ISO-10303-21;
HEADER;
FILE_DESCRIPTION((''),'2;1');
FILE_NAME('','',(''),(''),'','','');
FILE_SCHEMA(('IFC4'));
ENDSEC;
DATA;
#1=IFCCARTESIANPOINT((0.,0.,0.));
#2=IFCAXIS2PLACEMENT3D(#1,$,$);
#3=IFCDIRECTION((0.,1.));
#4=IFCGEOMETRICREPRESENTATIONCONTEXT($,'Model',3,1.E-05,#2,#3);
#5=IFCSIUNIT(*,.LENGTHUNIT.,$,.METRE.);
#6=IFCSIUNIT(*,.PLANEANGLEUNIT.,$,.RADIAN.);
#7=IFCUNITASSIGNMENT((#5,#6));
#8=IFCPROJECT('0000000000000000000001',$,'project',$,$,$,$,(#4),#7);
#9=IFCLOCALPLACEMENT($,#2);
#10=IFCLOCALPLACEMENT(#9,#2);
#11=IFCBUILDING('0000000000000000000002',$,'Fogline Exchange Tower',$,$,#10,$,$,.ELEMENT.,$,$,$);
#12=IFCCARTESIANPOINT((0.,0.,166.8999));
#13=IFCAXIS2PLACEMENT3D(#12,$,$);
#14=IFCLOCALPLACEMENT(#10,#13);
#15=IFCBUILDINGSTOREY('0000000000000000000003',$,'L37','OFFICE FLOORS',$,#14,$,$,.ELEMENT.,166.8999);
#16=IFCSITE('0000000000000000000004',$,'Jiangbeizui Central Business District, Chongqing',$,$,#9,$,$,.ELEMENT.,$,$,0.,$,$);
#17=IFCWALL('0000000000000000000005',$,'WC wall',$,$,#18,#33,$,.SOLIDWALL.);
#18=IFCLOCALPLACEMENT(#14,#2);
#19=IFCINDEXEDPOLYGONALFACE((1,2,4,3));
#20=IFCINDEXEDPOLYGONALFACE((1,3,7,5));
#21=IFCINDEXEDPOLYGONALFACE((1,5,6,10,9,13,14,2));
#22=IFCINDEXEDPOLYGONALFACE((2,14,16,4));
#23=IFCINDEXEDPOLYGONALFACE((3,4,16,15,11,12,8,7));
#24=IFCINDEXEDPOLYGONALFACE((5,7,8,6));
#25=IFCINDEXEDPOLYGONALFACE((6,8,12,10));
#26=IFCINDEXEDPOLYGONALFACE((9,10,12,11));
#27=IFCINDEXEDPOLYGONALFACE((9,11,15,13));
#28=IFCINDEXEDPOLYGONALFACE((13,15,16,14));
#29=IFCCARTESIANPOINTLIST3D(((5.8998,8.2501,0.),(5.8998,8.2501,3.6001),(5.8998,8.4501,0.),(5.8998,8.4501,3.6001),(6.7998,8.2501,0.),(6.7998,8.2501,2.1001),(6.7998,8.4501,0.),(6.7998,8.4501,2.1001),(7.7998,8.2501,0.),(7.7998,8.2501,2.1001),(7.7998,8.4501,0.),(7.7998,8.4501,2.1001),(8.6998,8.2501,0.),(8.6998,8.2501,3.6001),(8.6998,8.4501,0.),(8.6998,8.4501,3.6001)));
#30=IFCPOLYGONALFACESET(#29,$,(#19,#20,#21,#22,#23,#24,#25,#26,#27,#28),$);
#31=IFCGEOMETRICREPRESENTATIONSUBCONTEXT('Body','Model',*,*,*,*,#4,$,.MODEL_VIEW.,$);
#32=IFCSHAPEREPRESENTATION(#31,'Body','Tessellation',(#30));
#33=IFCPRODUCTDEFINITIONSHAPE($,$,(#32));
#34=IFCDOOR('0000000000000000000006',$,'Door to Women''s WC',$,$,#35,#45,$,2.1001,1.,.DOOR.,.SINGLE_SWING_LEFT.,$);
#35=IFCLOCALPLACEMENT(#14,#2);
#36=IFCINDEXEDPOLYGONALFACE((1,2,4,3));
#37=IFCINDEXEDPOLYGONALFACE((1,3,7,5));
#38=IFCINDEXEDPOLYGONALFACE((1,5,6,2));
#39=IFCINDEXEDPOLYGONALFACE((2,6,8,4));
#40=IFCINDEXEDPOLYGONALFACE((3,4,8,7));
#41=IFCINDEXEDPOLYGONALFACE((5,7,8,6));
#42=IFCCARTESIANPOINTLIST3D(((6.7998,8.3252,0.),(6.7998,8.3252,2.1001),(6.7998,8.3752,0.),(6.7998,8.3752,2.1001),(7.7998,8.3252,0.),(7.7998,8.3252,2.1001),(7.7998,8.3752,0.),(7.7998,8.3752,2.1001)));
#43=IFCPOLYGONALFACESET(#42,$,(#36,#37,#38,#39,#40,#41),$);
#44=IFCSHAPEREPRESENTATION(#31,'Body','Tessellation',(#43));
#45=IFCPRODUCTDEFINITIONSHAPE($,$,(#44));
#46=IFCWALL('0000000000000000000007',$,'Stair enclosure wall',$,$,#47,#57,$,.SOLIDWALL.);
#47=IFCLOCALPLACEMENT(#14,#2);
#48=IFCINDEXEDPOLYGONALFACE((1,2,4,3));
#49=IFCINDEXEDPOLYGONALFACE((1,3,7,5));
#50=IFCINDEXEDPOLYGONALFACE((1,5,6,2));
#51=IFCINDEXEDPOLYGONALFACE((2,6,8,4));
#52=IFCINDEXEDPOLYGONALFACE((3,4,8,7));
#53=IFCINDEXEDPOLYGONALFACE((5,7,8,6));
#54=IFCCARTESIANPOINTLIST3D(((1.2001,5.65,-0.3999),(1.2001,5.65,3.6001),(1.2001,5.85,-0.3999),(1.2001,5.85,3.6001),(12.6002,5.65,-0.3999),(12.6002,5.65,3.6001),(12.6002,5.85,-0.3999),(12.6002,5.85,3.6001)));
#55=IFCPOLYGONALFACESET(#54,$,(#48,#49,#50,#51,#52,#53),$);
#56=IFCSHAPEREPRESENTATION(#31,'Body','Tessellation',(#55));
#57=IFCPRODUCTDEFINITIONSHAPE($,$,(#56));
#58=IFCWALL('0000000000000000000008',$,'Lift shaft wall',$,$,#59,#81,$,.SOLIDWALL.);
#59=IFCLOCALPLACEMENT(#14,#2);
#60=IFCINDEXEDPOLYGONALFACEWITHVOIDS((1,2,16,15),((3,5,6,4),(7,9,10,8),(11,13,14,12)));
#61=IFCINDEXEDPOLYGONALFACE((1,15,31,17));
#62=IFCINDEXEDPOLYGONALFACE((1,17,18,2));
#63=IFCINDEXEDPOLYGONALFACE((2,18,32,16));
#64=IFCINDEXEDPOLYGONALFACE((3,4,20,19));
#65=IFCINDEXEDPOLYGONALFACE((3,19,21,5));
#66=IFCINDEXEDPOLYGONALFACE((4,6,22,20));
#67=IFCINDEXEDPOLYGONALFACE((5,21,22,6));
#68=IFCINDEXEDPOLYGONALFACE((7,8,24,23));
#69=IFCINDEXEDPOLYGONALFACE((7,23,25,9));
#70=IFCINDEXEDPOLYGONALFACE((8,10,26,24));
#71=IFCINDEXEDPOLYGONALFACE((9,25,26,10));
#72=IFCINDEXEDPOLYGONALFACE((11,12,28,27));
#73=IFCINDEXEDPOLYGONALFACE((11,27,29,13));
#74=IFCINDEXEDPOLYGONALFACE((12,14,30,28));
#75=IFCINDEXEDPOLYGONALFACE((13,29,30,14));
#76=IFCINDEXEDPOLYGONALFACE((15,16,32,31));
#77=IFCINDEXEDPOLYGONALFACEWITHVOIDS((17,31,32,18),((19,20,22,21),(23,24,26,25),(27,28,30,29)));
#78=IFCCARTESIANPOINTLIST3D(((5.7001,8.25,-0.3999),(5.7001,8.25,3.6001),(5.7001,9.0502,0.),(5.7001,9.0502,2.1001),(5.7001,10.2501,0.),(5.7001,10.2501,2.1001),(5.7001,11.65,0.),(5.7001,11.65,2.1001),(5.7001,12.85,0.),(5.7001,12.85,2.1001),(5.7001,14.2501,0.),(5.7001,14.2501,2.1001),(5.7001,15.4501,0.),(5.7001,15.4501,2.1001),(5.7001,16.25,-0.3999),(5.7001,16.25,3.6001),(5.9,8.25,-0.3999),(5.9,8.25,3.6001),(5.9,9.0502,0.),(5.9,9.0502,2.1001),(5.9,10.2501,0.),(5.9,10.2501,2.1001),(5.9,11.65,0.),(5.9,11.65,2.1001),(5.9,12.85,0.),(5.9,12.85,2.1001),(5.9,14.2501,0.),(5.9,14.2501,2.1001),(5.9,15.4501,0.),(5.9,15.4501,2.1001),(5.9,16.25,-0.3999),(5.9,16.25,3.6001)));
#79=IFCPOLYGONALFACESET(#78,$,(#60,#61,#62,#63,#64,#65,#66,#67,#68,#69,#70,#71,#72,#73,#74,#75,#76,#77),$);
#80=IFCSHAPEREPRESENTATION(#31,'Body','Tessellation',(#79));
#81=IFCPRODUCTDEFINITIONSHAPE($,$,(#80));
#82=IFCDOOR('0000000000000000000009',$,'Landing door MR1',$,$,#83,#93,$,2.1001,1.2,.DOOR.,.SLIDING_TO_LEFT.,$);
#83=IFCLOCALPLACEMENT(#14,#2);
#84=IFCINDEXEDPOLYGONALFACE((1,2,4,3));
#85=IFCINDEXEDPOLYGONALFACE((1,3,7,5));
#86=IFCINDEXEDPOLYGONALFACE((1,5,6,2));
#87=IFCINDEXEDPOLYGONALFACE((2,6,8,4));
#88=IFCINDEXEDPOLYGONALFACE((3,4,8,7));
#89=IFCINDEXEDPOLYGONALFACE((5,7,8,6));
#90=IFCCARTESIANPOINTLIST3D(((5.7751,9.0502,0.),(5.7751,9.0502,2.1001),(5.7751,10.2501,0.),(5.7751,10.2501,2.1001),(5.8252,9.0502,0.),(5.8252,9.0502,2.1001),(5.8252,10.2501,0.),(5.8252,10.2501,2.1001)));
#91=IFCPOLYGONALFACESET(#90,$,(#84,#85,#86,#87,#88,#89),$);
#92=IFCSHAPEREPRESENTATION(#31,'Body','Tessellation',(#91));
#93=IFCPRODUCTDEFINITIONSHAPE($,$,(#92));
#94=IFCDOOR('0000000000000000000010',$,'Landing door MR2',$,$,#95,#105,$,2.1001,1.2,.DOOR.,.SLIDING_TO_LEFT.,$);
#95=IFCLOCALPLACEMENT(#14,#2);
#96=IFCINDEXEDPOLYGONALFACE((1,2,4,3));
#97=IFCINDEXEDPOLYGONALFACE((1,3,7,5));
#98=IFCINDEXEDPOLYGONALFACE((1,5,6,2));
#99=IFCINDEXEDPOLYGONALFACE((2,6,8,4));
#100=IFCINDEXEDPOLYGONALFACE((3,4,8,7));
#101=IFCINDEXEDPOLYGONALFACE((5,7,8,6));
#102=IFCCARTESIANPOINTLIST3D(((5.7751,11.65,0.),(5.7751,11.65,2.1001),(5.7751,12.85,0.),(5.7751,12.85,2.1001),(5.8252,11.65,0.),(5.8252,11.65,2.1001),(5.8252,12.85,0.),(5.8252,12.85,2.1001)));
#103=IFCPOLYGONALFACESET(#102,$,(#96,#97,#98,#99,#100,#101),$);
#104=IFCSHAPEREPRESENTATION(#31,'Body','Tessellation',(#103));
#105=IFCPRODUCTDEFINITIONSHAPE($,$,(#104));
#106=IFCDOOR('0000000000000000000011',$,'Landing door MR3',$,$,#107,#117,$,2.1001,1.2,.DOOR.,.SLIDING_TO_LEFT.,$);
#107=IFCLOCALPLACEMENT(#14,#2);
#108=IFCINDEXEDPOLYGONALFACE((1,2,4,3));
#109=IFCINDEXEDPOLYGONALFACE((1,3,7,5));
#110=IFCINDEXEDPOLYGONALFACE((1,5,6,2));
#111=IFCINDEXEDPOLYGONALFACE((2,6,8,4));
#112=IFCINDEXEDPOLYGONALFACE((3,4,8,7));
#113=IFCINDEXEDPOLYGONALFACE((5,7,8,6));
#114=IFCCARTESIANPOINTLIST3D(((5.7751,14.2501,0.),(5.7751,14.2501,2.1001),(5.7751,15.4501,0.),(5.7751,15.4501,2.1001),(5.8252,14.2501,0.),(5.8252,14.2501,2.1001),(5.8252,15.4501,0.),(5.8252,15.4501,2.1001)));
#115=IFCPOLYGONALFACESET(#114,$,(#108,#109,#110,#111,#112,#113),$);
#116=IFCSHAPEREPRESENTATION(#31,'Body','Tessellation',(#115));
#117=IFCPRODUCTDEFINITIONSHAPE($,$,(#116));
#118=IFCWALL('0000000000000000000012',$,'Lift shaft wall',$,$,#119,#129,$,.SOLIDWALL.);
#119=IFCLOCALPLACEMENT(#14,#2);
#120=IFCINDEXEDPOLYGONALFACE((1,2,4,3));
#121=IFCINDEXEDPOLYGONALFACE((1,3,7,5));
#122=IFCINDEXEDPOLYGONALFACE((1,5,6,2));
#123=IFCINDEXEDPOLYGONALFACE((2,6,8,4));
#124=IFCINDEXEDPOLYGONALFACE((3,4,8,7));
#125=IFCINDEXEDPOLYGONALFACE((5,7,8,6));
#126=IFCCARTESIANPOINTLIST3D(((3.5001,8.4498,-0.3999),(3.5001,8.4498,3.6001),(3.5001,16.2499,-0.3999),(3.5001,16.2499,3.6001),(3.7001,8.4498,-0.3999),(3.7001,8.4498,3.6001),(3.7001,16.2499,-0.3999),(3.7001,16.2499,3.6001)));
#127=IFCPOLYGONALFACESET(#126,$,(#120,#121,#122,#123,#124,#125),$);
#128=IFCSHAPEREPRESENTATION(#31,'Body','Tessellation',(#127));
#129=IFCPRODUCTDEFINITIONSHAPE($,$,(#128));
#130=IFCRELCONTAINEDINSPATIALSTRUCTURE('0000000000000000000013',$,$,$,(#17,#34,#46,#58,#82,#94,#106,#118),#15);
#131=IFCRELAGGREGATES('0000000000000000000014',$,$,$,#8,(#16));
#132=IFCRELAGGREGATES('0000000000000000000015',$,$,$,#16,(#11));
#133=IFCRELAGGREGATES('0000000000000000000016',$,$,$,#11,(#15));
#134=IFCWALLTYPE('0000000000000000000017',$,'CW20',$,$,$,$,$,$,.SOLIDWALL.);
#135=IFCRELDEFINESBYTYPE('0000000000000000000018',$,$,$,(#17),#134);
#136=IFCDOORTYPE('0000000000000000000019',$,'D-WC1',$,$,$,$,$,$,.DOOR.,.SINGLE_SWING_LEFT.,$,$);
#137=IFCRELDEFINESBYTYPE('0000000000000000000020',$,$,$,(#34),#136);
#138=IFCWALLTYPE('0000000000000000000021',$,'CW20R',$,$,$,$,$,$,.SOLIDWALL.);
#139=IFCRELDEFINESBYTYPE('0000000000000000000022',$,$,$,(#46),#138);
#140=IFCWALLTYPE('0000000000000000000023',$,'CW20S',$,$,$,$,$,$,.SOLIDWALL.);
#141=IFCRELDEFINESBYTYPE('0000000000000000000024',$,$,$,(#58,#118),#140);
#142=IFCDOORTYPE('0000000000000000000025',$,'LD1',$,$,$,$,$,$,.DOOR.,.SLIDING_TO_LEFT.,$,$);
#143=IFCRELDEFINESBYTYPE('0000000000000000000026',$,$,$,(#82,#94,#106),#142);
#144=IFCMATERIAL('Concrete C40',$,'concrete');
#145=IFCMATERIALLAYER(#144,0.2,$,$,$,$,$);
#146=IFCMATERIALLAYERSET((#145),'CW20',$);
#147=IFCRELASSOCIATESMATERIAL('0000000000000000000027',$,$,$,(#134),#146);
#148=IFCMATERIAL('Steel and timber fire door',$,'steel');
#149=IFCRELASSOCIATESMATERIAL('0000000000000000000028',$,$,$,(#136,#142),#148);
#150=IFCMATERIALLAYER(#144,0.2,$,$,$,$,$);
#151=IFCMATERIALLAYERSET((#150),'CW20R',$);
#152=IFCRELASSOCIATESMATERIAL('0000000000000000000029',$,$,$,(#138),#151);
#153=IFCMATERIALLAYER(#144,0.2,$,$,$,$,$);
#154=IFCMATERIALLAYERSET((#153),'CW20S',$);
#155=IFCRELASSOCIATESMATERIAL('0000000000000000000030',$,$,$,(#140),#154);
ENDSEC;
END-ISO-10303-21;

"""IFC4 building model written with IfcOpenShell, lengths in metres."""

from ifc_helpers import new_model, si_unit, direction, frame, frame_2d, origin, place, context, subcontext, project, spatial, rectangle, extrude, material, layer, layer_set, type_object, element, fill, save


model = new_model("IFC4")

# Units and contexts
model_context = context("Model", 3, precision=1e-05, world=origin(), true_north=direction((0.0, 1.0)))
body_context = subcontext(model_context, "Body", "Model", "MODEL_VIEW")
ifc_project = project(units=[si_unit("LENGTHUNIT", "METRE"), si_unit("PLANEANGLEUNIT", "RADIAN")], contexts=[model_context])

# Site, building, storey
site_placement = place(None, origin())
site = spatial("IfcSite", under=ifc_project, at=site_placement, Name="Jiangbeizui Central Business District, Chongqing", CompositionType="ELEMENT", RefElevation=0.0)
building_placement = place(site_placement, origin())
building = spatial("IfcBuilding", under=site, at=building_placement, Name="Fogline Exchange Tower", CompositionType="ELEMENT")
storey_placement = place(building_placement, frame((0.0, 0.0, 166.8999)))
storey = spatial("IfcBuildingStorey", under=building, at=storey_placement, Name="L37", Description="OFFICE FLOORS", CompositionType="ELEMENT", Elevation=166.8999)

# Shared definitions
ifc_material_1 = material(Name="Concrete C40", Category="concrete")

# Wall, opening, door
ifc_layer_1 = layer(ifc_material_1, 0.2)
ifc_layer_set_1 = layer_set([ifc_layer_1], Name="CW20")
wall_type_1 = type_object("IfcWallType", Name="CW20", PredefinedType="SOLIDWALL", material=ifc_layer_set_1)
wall_1_placement = place(storey_placement, frame((5.8999, 8.3501, 0.0), z_axis=(0.0, 0.0, 1.0), x_axis=(1.0, 0.0, 0.0)))
wall_1 = element("IfcWall", 1, at=wall_1_placement, inside=storey, type_object=wall_type_1, Name="WC wall", PredefinedType="SOLIDWALL", context=body_context, shape_type="SweptSolid", body=[
    extrude(rectangle(XDim=2.8, YDim=0.2, at=frame_2d((1.3999, 0.0))), origin(), (0.0, 0.0, 1.0), 3.6001),
])
opening_1_placement = place(wall_1_placement, frame((0.8999, 0.0, 0.0)))
opening_1 = element("IfcOpeningElement", 2, at=opening_1_placement, cuts=wall_1, PredefinedType="OPENING", context=body_context, shape_type="SweptSolid", body=[
    extrude(rectangle(XDim=1.0, YDim=2.1001, at=frame_2d((0.5, 1.05))), frame((0.0, 0.1099, 0.0), z_axis=(0.0, -1.0, 0.0), x_axis=(1.0, 0.0, 0.0)), (0.0, 0.0, 1.0), 0.22),
])
ifc_material_2 = material(Name="Steel and timber fire door", Category="steel")
door_type_1 = type_object("IfcDoorType", Name="D-WC1", OperationType="SINGLE_SWING_LEFT", PredefinedType="DOOR", material=ifc_material_2)
door_1_placement = place(opening_1_placement, frame((1.0, 0.0, 0.0), z_axis=(0.0, 0.0, 1.0), x_axis=(-1.0, 0.0, 0.0)))
door_1 = element("IfcDoor", 3, at=door_1_placement, inside=storey, type_object=door_type_1, Name="Door to Women's WC", OperationType="SINGLE_SWING_LEFT", OverallHeight=2.1001, OverallWidth=1.0, PredefinedType="DOOR", context=body_context, shape_type="SweptSolid", body=[
    extrude(rectangle(XDim=1.0, YDim=2.1001, at=frame_2d((0.5, 1.05))), frame((0.0, 0.0249, 0.0), z_axis=(0.0, -1.0, 0.0), x_axis=(1.0, 0.0, 0.0)), (0.0, 0.0, 1.0), 0.05),
])
fill(opening_1, door_1)

# Wall
ifc_layer_2 = layer(ifc_material_1, 0.2)
ifc_layer_set_2 = layer_set([ifc_layer_2], Name="CW20R")
wall_type_2 = type_object("IfcWallType", Name="CW20R", PredefinedType="SOLIDWALL", material=ifc_layer_set_2)
wall_2_placement = place(storey_placement, frame((1.2, 5.75, -0.3999), z_axis=(0.0, 0.0, 1.0), x_axis=(1.0, 0.0, 0.0)))
element("IfcWall", 4, at=wall_2_placement, inside=storey, type_object=wall_type_2, Name="Stair enclosure wall", PredefinedType="SOLIDWALL", context=body_context, shape_type="SweptSolid", body=[
    extrude(rectangle(XDim=11.4001, YDim=0.2, at=frame_2d((5.7002, 0.0))), origin(), (0.0, 0.0, 1.0), 4.0),
])

# Wall, openings, doors
ifc_layer_3 = layer(ifc_material_1, 0.2)
ifc_layer_set_3 = layer_set([ifc_layer_3], Name="CW20S")
wall_type_3 = type_object("IfcWallType", Name="CW20S", PredefinedType="SOLIDWALL", material=ifc_layer_set_3)
wall_3_placement = place(storey_placement, frame((5.8, 8.25, -0.3999), z_axis=(0.0, 0.0, 1.0), x_axis=(0.0, 1.0, 0.0)))
wall_3 = element("IfcWall", 5, at=wall_3_placement, inside=storey, type_object=wall_type_3, Name="Lift shaft wall", PredefinedType="SOLIDWALL", context=body_context, shape_type="SweptSolid", body=[
    extrude(rectangle(XDim=8.0, YDim=0.2, at=frame_2d((4.0, 0.0))), origin(), (0.0, 0.0, 1.0), 4.0),
])
opening_2_placement = place(wall_3_placement, frame((0.8, 0.0, 0.3999)))
opening_2 = element("IfcOpeningElement", 6, at=opening_2_placement, cuts=wall_3, PredefinedType="OPENING", context=body_context, shape_type="SweptSolid", body=[
    extrude(rectangle(XDim=1.2, YDim=2.1001, at=frame_2d((0.6001, 1.05))), frame((0.0, 0.1099, 0.0), z_axis=(0.0, -1.0, 0.0), x_axis=(1.0, 0.0, 0.0)), (0.0, 0.0, 1.0), 0.22),
])
opening_3_placement = place(wall_3_placement, frame((3.3999, 0.0, 0.3999)))
opening_3 = element("IfcOpeningElement", 7, at=opening_3_placement, cuts=wall_3, PredefinedType="OPENING", context=body_context, shape_type="SweptSolid", body=[
    extrude(rectangle(XDim=1.2, YDim=2.1001, at=frame_2d((0.6001, 1.05))), frame((0.0, 0.1099, 0.0), z_axis=(0.0, -1.0, 0.0), x_axis=(1.0, 0.0, 0.0)), (0.0, 0.0, 1.0), 0.22),
])
opening_4_placement = place(wall_3_placement, frame((6.0, 0.0, 0.3999)))
opening_4 = element("IfcOpeningElement", 8, at=opening_4_placement, cuts=wall_3, PredefinedType="OPENING", context=body_context, shape_type="SweptSolid", body=[
    extrude(rectangle(XDim=1.2, YDim=2.1001, at=frame_2d((0.6001, 1.05))), frame((0.0, 0.1099, 0.0), z_axis=(0.0, -1.0, 0.0), x_axis=(1.0, 0.0, 0.0)), (0.0, 0.0, 1.0), 0.22),
])
door_type_2 = type_object("IfcDoorType", Name="LD1", OperationType="SLIDING_TO_LEFT", PredefinedType="DOOR", material=ifc_material_2)
door_2_placement = place(opening_2_placement, origin())
door_2 = element("IfcDoor", 9, at=door_2_placement, inside=storey, type_object=door_type_2, Name="Landing door MR1", OperationType="SLIDING_TO_LEFT", OverallHeight=2.1001, OverallWidth=1.2, PredefinedType="DOOR", context=body_context, shape_type="SweptSolid", body=[
    extrude(rectangle(XDim=1.2, YDim=2.1001, at=frame_2d((0.6001, 1.05))), frame((0.0, 0.0249, 0.0), z_axis=(0.0, -1.0, 0.0), x_axis=(1.0, 0.0, 0.0)), (0.0, 0.0, 1.0), 0.05),
])
fill(opening_2, door_2)
door_3_placement = place(opening_3_placement, origin())
door_3 = element("IfcDoor", 10, at=door_3_placement, inside=storey, type_object=door_type_2, Name="Landing door MR2", OperationType="SLIDING_TO_LEFT", OverallHeight=2.1001, OverallWidth=1.2, PredefinedType="DOOR", context=body_context, shape_type="SweptSolid", body=[
    extrude(rectangle(XDim=1.2, YDim=2.1001, at=frame_2d((0.6001, 1.05))), frame((0.0, 0.0249, 0.0), z_axis=(0.0, -1.0, 0.0), x_axis=(1.0, 0.0, 0.0)), (0.0, 0.0, 1.0), 0.05),
])
fill(opening_3, door_3)
door_4_placement = place(opening_4_placement, origin())
door_4 = element("IfcDoor", 11, at=door_4_placement, inside=storey, type_object=door_type_2, Name="Landing door MR3", OperationType="SLIDING_TO_LEFT", OverallHeight=2.1001, OverallWidth=1.2, PredefinedType="DOOR", context=body_context, shape_type="SweptSolid", body=[
    extrude(rectangle(XDim=1.2, YDim=2.1001, at=frame_2d((0.6001, 1.05))), frame((0.0, 0.0249, 0.0), z_axis=(0.0, -1.0, 0.0), x_axis=(1.0, 0.0, 0.0)), (0.0, 0.0, 1.0), 0.05),
])
fill(opening_4, door_4)

# Wall
wall_4_placement = place(storey_placement, frame((3.6001, 8.45, -0.3999), z_axis=(0.0, 0.0, 1.0), x_axis=(0.0, 1.0, 0.0)))
element("IfcWall", 12, at=wall_4_placement, inside=storey, type_object=wall_type_3, Name="Lift shaft wall", PredefinedType="SOLIDWALL", context=body_context, shape_type="SweptSolid", body=[
    extrude(rectangle(XDim=7.8, YDim=0.2, at=frame_2d((3.8999, 0.0))), origin(), (0.0, 0.0, 1.0), 4.0),
])

save(model, "model.ifc")
